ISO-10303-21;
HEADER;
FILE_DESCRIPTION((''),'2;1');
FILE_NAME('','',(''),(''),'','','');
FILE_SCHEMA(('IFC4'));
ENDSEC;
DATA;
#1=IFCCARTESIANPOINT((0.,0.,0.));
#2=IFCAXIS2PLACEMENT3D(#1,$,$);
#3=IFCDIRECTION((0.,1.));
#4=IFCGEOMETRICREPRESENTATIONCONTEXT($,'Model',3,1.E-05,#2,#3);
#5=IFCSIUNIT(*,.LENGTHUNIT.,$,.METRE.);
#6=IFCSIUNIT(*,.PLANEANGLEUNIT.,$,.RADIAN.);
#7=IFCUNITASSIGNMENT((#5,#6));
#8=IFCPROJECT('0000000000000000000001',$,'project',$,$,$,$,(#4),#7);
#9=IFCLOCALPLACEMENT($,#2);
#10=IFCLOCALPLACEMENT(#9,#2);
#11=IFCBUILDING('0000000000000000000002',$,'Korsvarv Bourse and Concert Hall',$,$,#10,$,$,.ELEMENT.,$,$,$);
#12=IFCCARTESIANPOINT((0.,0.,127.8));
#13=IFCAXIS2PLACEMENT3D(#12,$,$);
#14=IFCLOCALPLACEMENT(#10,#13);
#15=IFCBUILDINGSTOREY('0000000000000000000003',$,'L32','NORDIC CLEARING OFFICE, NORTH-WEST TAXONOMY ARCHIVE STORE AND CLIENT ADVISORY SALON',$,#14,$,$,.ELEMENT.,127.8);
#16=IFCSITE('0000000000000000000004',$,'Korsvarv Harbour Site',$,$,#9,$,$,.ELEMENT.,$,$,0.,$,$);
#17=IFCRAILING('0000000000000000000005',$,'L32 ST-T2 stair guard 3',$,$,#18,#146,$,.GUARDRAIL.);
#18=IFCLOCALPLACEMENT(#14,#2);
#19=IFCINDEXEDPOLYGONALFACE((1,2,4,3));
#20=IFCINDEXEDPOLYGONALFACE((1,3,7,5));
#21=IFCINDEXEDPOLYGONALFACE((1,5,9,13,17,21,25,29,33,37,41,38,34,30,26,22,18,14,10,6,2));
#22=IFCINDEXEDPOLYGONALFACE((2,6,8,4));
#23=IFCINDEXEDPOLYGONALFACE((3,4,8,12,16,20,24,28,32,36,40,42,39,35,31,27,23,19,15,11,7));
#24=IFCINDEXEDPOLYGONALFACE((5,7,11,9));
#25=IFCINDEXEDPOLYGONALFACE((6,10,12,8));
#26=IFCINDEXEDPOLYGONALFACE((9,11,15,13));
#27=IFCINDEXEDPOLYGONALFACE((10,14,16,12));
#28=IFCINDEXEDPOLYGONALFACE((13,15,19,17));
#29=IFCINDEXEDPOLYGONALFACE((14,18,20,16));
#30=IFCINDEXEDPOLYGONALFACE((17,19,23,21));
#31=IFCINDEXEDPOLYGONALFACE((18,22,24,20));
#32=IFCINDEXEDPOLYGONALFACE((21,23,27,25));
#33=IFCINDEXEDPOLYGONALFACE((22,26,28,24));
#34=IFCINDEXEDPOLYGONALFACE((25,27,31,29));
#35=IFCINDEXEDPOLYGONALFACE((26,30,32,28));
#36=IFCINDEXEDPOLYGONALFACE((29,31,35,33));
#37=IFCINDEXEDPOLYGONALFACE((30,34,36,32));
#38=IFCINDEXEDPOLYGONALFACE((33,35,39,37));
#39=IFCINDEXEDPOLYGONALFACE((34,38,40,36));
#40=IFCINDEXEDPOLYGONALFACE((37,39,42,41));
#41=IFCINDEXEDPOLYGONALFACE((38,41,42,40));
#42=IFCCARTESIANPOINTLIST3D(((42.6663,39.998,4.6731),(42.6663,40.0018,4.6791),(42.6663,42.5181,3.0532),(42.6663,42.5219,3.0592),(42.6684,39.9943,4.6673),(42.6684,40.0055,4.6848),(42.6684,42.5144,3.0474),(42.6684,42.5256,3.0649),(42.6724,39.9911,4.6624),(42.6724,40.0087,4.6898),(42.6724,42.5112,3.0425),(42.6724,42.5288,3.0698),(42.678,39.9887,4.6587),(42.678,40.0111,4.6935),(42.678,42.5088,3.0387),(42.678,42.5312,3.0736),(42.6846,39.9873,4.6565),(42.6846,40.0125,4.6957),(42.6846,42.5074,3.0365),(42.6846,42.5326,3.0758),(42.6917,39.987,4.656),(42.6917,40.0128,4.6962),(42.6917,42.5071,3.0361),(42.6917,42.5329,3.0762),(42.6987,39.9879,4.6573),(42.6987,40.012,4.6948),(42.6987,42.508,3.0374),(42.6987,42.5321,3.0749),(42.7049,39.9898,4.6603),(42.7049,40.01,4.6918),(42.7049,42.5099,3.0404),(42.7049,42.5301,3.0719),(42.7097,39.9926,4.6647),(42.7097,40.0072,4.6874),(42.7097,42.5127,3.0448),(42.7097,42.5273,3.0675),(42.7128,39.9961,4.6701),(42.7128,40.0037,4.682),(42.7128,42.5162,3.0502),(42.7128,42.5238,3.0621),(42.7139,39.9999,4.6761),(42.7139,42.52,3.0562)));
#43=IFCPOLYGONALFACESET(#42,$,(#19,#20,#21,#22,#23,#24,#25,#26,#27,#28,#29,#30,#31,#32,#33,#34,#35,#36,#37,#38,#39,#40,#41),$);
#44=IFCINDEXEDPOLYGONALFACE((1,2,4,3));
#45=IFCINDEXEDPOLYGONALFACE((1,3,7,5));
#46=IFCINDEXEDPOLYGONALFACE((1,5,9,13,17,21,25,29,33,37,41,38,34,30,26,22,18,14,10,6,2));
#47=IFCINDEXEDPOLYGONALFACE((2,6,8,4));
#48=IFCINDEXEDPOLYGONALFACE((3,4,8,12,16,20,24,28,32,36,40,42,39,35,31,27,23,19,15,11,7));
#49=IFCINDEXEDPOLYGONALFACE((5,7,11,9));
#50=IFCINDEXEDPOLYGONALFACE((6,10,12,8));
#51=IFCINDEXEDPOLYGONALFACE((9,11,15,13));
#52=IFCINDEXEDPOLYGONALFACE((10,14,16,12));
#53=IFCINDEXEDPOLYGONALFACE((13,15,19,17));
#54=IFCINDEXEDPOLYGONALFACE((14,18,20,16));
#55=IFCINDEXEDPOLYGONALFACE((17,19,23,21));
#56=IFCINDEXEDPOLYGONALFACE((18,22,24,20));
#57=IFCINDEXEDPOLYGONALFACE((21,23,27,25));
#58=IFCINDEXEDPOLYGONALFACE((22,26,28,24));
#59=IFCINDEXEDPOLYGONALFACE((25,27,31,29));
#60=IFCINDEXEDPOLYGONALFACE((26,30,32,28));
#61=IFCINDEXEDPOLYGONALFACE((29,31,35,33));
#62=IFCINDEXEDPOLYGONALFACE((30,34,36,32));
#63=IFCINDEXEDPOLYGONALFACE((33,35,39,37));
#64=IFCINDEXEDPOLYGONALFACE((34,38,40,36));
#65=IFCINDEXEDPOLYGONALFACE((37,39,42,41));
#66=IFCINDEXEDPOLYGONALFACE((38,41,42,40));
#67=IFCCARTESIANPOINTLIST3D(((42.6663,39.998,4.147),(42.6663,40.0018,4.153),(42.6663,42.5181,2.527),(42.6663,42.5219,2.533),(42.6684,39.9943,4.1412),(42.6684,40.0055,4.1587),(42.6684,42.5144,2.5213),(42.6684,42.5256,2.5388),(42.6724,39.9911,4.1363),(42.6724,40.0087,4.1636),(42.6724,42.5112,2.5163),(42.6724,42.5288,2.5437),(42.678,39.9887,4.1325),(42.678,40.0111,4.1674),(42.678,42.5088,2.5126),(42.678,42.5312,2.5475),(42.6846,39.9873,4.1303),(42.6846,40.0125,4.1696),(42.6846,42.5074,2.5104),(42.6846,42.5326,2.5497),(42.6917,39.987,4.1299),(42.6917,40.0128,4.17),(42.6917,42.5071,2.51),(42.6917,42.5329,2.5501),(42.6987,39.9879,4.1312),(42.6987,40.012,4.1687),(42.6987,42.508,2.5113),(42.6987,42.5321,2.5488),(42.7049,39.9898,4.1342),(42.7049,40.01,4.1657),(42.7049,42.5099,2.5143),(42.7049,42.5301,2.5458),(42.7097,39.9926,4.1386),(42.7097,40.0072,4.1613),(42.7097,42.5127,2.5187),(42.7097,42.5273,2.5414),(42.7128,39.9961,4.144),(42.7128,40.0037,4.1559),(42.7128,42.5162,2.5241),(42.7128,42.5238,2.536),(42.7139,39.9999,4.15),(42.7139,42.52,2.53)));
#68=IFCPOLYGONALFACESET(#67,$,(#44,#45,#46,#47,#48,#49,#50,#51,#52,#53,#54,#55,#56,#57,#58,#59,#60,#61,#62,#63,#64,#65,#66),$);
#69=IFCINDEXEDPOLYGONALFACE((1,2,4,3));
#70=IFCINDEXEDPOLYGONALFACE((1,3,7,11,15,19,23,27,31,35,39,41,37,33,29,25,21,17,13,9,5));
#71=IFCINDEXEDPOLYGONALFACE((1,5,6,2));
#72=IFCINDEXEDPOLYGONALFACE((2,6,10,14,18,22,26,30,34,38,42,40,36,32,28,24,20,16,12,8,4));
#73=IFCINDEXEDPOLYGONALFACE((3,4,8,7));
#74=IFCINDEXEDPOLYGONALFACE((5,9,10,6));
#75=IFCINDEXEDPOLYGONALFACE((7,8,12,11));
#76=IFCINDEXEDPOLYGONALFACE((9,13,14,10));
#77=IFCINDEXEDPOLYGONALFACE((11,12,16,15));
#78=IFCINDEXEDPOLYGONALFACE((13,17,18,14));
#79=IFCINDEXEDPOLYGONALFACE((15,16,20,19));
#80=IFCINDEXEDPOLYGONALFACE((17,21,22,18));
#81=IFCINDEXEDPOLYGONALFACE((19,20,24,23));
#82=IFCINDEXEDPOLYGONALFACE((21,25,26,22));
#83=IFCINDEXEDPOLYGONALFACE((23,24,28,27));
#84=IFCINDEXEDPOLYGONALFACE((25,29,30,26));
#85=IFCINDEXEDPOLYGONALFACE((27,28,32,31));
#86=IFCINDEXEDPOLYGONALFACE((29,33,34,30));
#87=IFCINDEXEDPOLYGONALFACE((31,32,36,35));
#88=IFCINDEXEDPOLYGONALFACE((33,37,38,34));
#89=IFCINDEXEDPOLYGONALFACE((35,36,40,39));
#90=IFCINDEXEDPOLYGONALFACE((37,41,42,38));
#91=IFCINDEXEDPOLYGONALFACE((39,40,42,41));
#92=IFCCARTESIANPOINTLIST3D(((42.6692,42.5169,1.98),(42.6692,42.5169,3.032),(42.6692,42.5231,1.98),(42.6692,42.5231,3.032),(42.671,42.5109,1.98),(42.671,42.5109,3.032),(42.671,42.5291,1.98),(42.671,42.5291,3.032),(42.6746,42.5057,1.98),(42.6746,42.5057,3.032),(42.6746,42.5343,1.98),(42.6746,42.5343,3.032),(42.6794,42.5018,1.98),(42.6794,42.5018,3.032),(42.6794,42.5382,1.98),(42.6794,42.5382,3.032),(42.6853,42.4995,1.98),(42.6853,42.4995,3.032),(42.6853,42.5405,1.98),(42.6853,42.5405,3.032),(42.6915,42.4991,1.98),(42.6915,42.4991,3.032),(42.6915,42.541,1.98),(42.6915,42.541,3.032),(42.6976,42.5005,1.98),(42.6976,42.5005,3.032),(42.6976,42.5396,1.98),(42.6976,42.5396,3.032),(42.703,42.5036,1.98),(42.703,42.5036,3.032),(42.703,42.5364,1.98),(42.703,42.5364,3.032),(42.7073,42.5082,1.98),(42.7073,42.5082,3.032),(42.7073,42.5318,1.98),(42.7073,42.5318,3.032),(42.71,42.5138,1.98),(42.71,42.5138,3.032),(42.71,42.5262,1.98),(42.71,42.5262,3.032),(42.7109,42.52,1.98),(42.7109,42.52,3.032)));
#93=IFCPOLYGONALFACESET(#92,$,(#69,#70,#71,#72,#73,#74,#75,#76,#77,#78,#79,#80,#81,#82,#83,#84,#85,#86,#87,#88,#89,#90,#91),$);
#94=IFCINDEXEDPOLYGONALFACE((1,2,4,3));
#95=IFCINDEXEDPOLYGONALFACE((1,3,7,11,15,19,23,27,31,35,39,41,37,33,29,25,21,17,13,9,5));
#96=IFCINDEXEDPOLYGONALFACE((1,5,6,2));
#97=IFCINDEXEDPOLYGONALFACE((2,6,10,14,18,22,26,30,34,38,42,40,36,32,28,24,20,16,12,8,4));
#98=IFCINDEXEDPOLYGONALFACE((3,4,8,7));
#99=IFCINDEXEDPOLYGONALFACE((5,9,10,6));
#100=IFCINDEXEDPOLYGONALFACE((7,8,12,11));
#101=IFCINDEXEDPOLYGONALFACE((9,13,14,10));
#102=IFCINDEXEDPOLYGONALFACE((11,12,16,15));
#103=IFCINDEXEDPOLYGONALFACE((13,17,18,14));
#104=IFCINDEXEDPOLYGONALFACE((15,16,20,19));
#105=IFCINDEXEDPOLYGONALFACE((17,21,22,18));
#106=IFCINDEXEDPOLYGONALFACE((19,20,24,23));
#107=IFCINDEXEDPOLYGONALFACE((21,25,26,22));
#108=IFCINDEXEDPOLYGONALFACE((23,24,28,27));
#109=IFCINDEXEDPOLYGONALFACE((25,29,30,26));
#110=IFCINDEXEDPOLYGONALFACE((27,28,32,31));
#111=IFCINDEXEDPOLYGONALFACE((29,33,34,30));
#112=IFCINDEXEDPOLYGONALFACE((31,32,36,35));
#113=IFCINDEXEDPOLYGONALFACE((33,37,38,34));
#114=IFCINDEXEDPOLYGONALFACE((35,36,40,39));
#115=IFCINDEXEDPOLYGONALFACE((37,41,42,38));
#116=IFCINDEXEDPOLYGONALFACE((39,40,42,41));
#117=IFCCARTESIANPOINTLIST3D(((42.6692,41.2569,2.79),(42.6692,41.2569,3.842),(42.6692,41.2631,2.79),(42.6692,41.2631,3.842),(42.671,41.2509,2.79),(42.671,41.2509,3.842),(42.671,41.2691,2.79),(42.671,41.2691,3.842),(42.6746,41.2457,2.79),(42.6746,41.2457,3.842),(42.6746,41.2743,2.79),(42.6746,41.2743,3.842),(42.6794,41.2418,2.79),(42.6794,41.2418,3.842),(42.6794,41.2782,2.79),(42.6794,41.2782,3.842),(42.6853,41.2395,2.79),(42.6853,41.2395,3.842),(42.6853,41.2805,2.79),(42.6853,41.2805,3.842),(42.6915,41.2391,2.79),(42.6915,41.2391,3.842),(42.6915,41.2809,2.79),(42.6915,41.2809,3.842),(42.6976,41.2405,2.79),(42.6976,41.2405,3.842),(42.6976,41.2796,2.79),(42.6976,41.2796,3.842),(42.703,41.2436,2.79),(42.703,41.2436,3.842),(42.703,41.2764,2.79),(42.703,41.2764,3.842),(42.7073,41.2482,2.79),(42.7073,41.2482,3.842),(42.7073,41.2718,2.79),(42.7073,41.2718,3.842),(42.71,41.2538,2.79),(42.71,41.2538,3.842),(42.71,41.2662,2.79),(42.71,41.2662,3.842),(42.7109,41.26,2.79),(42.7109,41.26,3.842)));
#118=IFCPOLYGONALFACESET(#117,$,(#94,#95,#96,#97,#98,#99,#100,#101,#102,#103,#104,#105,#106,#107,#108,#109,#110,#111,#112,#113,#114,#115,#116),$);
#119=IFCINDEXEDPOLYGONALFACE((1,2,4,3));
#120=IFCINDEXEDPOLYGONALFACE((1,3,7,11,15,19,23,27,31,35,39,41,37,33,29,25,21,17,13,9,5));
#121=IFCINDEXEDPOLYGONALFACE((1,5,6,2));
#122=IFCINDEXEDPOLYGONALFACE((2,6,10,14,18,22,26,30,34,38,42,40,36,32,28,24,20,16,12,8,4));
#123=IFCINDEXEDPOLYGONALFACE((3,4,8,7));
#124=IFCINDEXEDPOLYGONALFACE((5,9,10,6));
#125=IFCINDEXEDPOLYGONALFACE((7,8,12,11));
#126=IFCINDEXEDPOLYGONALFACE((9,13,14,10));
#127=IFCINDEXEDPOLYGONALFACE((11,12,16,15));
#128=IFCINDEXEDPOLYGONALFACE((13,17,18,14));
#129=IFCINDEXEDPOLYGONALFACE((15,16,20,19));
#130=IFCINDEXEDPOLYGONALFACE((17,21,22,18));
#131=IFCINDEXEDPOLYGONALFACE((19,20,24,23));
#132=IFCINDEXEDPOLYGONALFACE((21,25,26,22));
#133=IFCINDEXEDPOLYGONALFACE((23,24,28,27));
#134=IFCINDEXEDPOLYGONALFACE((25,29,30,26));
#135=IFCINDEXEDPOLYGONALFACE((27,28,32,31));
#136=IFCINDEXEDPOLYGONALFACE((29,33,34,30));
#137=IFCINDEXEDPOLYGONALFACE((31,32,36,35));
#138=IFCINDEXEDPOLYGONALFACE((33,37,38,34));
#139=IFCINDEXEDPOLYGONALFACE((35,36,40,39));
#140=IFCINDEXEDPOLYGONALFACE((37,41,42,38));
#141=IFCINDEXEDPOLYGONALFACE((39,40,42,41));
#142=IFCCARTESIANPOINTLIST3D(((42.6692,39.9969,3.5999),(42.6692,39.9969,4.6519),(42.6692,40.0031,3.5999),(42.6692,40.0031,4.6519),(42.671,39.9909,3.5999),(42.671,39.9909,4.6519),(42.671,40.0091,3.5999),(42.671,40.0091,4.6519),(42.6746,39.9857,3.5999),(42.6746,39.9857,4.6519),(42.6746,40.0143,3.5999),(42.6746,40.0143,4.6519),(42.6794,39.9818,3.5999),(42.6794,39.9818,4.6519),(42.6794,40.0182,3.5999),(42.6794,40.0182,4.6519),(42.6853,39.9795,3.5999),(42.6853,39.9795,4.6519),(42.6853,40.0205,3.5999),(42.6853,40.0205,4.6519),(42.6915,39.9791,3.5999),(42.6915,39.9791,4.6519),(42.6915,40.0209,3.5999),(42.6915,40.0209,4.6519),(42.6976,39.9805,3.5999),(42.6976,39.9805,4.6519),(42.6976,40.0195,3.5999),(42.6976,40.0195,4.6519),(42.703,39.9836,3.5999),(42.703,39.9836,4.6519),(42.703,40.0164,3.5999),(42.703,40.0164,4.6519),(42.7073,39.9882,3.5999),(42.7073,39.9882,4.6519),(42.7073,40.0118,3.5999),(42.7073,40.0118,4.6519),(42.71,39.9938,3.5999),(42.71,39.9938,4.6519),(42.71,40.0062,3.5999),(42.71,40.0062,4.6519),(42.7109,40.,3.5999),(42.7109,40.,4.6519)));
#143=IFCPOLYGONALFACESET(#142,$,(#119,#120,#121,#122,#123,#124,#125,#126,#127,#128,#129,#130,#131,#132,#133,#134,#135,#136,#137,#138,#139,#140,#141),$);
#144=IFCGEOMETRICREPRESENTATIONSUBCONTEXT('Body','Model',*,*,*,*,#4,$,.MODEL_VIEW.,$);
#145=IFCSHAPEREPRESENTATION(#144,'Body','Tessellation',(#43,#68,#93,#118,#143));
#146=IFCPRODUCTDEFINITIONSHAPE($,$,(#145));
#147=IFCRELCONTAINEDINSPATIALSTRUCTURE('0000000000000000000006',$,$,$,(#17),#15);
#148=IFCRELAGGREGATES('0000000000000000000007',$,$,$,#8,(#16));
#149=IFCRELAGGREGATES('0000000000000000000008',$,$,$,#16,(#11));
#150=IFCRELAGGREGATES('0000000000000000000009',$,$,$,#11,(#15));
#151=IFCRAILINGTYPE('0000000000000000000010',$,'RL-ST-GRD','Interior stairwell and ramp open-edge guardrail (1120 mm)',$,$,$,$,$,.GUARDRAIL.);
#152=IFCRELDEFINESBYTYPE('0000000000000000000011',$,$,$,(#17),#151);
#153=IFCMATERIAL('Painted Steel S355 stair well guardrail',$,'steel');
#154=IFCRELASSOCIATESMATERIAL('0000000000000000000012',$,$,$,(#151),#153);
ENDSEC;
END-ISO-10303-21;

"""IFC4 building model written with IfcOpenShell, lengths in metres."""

from ifc_helpers import new_model, si_unit, direction, frame, origin, origin_2d, place, context, subcontext, project, spatial, circle, extrude, material, type_object, element, save


model = new_model("IFC4")

# Units and contexts
model_context = context("Model", 3, precision=1e-05, world=origin(), true_north=direction((0.0, 1.0)))
body_context = subcontext(model_context, "Body", "Model", "MODEL_VIEW")
ifc_project = project(units=[si_unit("LENGTHUNIT", "METRE"), si_unit("PLANEANGLEUNIT", "RADIAN")], contexts=[model_context])

# Site, building, storey
site_placement = place(None, origin())
site = spatial("IfcSite", under=ifc_project, at=site_placement, Name="Korsvarv Harbour Site", CompositionType="ELEMENT", RefElevation=0.0)
building_placement = place(site_placement, origin())
building = spatial("IfcBuilding", under=site, at=building_placement, Name="Korsvarv Bourse and Concert Hall", CompositionType="ELEMENT")
storey_placement = place(building_placement, frame((0.0, 0.0, 127.8)))
storey = spatial("IfcBuildingStorey", under=building, at=storey_placement, Name="L32", Description="NORDIC CLEARING OFFICE, NORTH-WEST TAXONOMY ARCHIVE STORE AND CLIENT ADVISORY SALON", CompositionType="ELEMENT", Elevation=127.8)

# Railing
ifc_material_1 = material(Name="Painted Steel S355 stair well guardrail", Category="steel")
railing_type_1 = type_object("IfcRailingType", Name="RL-ST-GRD", Description="Interior stairwell and ramp open-edge guardrail (1120 mm)", PredefinedType="GUARDRAIL", material=ifc_material_1)
railing_1_placement = place(storey_placement, frame((42.6899, 42.52, 1.98)))
element("IfcRailing", 1, at=railing_1_placement, inside=storey, type_object=railing_type_1, Name="L32 ST-T2 stair guard 3", PredefinedType="GUARDRAIL", context=body_context, shape_type="SweptSolid", body=[
    extrude(circle(Radius=0.0239, at=origin_2d()), frame((0.0, 0.0, 1.0762), z_axis=(0.0, -0.8412, 0.540725), x_axis=(1.0, 0.0, 0.0)), (0.0, 0.0, 1.0), 2.9958),
    extrude(circle(Radius=0.0239, at=origin_2d()), frame((0.0, 0.0, 0.55), z_axis=(0.0, -0.8412, 0.540725), x_axis=(1.0, 0.0, 0.0)), (0.0, 0.0, 1.0), 2.9958),
    extrude(circle(Radius=0.021, at=origin_2d()), origin(), (0.0, 0.0, 1.0), 1.052),
    extrude(circle(Radius=0.021, at=origin_2d()), frame((0.0, -1.26, 0.8101)), (0.0, 0.0, 1.0), 1.052),
    extrude(circle(Radius=0.021, at=origin_2d()), frame((0.0, -2.52, 1.6199)), (0.0, 0.0, 1.0), 1.052),
])

save(model, "model.ifc")
